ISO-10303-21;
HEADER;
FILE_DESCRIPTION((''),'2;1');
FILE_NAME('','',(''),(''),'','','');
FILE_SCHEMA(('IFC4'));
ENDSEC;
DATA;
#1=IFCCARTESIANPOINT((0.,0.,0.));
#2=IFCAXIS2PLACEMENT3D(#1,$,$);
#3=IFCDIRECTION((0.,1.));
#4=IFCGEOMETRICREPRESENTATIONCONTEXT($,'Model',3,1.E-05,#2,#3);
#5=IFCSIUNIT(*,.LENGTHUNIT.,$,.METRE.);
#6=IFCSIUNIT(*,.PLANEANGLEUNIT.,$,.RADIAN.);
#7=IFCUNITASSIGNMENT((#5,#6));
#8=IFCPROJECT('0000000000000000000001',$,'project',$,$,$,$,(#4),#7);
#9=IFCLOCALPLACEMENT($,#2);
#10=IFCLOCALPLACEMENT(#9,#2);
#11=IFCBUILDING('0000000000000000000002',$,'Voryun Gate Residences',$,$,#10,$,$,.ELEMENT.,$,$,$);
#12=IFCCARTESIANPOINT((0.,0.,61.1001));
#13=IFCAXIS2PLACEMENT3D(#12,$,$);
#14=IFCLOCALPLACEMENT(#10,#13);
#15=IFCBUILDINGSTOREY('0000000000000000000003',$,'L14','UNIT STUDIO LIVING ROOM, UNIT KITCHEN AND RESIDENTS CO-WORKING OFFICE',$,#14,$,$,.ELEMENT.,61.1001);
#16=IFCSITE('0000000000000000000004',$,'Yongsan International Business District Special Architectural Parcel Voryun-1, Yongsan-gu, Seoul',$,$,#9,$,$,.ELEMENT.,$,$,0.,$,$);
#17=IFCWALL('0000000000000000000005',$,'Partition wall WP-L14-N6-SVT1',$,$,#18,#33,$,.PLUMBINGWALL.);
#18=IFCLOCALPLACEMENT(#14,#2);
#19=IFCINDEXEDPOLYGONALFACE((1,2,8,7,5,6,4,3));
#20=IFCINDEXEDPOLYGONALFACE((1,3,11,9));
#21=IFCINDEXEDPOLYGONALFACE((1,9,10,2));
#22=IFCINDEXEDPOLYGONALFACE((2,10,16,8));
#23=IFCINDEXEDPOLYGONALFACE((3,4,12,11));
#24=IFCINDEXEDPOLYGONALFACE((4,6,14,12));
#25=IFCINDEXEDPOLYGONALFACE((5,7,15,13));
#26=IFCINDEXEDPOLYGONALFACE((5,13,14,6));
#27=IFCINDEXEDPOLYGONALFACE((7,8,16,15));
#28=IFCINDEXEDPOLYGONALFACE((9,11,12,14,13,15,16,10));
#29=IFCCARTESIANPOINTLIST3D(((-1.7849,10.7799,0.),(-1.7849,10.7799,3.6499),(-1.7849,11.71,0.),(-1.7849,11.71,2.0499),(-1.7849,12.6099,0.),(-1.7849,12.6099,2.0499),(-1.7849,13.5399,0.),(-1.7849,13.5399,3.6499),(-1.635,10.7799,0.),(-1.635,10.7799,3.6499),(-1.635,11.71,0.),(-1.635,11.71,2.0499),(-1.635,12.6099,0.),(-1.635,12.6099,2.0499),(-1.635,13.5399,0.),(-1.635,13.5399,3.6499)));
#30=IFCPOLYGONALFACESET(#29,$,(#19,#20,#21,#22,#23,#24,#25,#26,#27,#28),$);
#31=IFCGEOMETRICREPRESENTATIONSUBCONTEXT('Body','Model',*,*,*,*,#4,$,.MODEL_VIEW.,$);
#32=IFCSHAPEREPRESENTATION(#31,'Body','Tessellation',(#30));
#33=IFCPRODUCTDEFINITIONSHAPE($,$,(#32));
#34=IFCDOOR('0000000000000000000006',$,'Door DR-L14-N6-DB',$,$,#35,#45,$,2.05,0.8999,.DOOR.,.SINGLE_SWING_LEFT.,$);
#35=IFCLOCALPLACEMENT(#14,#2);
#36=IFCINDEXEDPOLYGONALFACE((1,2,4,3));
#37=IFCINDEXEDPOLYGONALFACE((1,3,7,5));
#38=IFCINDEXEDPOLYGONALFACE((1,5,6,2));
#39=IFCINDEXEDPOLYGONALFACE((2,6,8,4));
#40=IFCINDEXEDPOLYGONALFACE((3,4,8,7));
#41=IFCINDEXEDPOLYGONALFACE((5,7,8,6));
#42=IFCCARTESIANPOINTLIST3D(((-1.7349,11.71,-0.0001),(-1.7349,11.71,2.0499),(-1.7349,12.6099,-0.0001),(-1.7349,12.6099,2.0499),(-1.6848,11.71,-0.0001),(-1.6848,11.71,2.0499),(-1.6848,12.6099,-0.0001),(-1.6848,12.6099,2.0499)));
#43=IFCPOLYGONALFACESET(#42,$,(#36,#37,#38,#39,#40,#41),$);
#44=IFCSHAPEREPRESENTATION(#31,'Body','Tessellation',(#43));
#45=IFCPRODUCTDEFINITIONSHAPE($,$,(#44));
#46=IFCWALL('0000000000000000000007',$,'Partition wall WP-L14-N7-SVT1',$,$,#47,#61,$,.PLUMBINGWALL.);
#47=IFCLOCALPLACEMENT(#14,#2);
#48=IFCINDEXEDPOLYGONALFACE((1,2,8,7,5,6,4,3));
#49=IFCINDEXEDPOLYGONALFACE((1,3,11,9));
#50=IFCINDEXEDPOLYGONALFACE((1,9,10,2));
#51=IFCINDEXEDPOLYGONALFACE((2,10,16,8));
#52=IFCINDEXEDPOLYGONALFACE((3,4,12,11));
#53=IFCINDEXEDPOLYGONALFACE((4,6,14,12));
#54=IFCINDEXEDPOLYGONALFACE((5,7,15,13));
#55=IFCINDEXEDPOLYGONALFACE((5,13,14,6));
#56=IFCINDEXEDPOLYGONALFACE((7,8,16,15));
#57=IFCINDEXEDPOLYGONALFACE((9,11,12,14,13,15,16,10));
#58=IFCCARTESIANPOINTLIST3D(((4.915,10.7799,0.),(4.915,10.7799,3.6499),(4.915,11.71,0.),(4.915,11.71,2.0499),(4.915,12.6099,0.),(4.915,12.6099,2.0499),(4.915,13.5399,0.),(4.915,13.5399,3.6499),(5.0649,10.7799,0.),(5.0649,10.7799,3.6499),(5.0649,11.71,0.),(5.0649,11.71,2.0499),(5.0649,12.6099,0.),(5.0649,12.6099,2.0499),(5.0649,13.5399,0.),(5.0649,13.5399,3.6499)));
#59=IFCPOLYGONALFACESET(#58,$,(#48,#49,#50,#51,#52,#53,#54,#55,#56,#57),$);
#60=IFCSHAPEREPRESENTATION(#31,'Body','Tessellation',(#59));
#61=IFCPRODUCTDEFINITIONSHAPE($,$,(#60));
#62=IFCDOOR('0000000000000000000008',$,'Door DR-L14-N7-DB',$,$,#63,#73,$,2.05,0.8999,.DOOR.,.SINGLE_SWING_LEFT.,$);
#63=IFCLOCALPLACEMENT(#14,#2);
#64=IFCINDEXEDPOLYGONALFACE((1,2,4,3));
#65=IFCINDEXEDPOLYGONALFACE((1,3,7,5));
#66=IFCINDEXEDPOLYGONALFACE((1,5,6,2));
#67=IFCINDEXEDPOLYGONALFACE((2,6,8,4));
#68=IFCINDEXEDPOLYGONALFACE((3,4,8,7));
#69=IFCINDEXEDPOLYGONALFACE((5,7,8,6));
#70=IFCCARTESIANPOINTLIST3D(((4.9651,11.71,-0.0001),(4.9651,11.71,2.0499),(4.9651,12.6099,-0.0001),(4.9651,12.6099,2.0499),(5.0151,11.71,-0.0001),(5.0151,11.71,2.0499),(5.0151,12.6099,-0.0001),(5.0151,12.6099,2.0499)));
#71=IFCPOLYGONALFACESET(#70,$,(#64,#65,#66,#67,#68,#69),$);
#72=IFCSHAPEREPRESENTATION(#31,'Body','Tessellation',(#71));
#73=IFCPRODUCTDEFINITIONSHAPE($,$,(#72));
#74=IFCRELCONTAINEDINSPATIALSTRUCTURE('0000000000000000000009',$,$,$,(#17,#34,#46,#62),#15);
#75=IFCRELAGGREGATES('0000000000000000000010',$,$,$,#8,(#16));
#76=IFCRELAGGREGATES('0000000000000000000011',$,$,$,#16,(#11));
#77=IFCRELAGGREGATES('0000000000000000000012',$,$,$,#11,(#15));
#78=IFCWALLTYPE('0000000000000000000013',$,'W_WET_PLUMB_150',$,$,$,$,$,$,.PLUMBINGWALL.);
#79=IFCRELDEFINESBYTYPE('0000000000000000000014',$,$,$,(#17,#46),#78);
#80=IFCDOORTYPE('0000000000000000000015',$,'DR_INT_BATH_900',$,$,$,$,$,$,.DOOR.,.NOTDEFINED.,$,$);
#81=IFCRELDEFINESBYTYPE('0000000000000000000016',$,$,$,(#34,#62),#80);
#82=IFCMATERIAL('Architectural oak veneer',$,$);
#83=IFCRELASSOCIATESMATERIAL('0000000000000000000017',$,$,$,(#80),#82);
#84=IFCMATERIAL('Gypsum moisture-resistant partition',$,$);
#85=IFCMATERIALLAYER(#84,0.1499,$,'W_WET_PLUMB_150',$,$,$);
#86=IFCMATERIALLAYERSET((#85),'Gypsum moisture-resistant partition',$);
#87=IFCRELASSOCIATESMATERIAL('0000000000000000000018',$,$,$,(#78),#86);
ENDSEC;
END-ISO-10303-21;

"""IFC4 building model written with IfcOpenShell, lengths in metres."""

from ifc_helpers import new_model, si_unit, direction, frame, frame_2d, origin, place, context, subcontext, project, spatial, rectangle, extrude, material, layer, layer_set, type_object, element, fill, save


model = new_model("IFC4")

# Units and contexts
model_context = context("Model", 3, precision=1e-05, world=origin(), true_north=direction((0.0, 1.0)))
body_context = subcontext(model_context, "Body", "Model", "MODEL_VIEW")
ifc_project = project(units=[si_unit("LENGTHUNIT", "METRE"), si_unit("PLANEANGLEUNIT", "RADIAN")], contexts=[model_context])

# Site, building, storey
site_placement = place(None, origin())
site = spatial("IfcSite", under=ifc_project, at=site_placement, Name="Yongsan International Business District Special Architectural Parcel Voryun-1, Yongsan-gu, Seoul", CompositionType="ELEMENT", RefElevation=0.0)
building_placement = place(site_placement, origin())
building = spatial("IfcBuilding", under=site, at=building_placement, Name="Voryun Gate Residences", CompositionType="ELEMENT")
storey_placement = place(building_placement, frame((0.0, 0.0, 61.1001)))
storey = spatial("IfcBuildingStorey", under=building, at=storey_placement, Name="L14", Description="UNIT STUDIO LIVING ROOM, UNIT KITCHEN AND RESIDENTS CO-WORKING OFFICE", CompositionType="ELEMENT", Elevation=61.1001)

# Shared definitions
ifc_material_1 = material(Name="Architectural oak veneer")
door_type = type_object("IfcDoorType", Name="DR_INT_BATH_900", OperationType="NOTDEFINED", PredefinedType="DOOR", material=ifc_material_1)

# Walls, openings, doors
ifc_material_2 = material(Name="Gypsum moisture-resistant partition")
ifc_layer_1 = layer(ifc_material_2, 0.1499, Name="W_WET_PLUMB_150")
ifc_layer_set_1 = layer_set([ifc_layer_1], Name="Gypsum moisture-resistant partition")
wall_type_1 = type_object("IfcWallType", Name="W_WET_PLUMB_150", PredefinedType="PLUMBINGWALL", material=ifc_layer_set_1)
wall_1_placement = place(storey_placement, frame((-1.71, 10.78, 0.0), z_axis=(0.0, 0.0, 1.0), x_axis=(0.0, 1.0, 0.0)))
wall_1 = element("IfcWall", 1, at=wall_1_placement, inside=storey, type_object=wall_type_1, Name="Partition wall WP-L14-N6-SVT1", PredefinedType="PLUMBINGWALL", context=body_context, shape_type="SweptSolid", body=[
    extrude(rectangle(XDim=2.76, YDim=0.1499, at=frame_2d((1.3799, 0.0))), origin(), (0.0, 0.0, 1.0), 3.6499),
])
opening_1_placement = place(wall_1_placement, frame((0.9299, 0.0, 0.0)))
opening_1 = element("IfcOpeningElement", 2, at=opening_1_placement, cuts=wall_1, PredefinedType="OPENING", context=body_context, shape_type="SweptSolid", body=[
    extrude(rectangle(XDim=0.8999, YDim=2.05, at=frame_2d((0.45, 1.0249))), frame((0.0, 0.085, 0.0), z_axis=(0.0, -1.0, 0.0), x_axis=(1.0, 0.0, 0.0)), (0.0, 0.0, 1.0), 0.1699),
])
door_1_placement = place(opening_1_placement, origin())
door_1 = element("IfcDoor", 3, at=door_1_placement, inside=storey, type_object=door_type, Name="Door DR-L14-N6-DB", OperationType="SINGLE_SWING_LEFT", OverallHeight=2.05, OverallWidth=0.8999, PredefinedType="DOOR", context=body_context, shape_type="SweptSolid", body=[
    extrude(rectangle(XDim=0.8999, YDim=2.05, at=frame_2d((0.45, 1.0249))), frame((0.0, 0.0249, 0.0), z_axis=(0.0, -1.0, 0.0), x_axis=(1.0, 0.0, 0.0)), (0.0, 0.0, 1.0), 0.05),
])
fill(opening_1, door_1)
wall_2_placement = place(storey_placement, frame((4.99, 10.78, 0.0), z_axis=(0.0, 0.0, 1.0), x_axis=(0.0, 1.0, 0.0)))
wall_2 = element("IfcWall", 4, at=wall_2_placement, inside=storey, type_object=wall_type_1, Name="Partition wall WP-L14-N7-SVT1", PredefinedType="PLUMBINGWALL", context=body_context, shape_type="SweptSolid", body=[
    extrude(rectangle(XDim=2.76, YDim=0.1499, at=frame_2d((1.3799, 0.0))), origin(), (0.0, 0.0, 1.0), 3.6499),
])
opening_2_placement = place(wall_2_placement, frame((0.9299, 0.0, 0.0)))
opening_2 = element("IfcOpeningElement", 5, at=opening_2_placement, cuts=wall_2, PredefinedType="OPENING", context=body_context, shape_type="SweptSolid", body=[
    extrude(rectangle(XDim=0.8999, YDim=2.05, at=frame_2d((0.45, 1.0249))), frame((0.0, 0.085, 0.0), z_axis=(0.0, -1.0, 0.0), x_axis=(1.0, 0.0, 0.0)), (0.0, 0.0, 1.0), 0.1699),
])
door_2_placement = place(opening_2_placement, origin())
door_2 = element("IfcDoor", 6, at=door_2_placement, inside=storey, type_object=door_type, Name="Door DR-L14-N7-DB", OperationType="SINGLE_SWING_LEFT", OverallHeight=2.05, OverallWidth=0.8999, PredefinedType="DOOR", context=body_context, shape_type="SweptSolid", body=[
    extrude(rectangle(XDim=0.8999, YDim=2.05, at=frame_2d((0.45, 1.0249))), frame((0.0, 0.0249, 0.0), z_axis=(0.0, -1.0, 0.0), x_axis=(1.0, 0.0, 0.0)), (0.0, 0.0, 1.0), 0.05),
])
fill(opening_2, door_2)

save(model, "model.ifc")
